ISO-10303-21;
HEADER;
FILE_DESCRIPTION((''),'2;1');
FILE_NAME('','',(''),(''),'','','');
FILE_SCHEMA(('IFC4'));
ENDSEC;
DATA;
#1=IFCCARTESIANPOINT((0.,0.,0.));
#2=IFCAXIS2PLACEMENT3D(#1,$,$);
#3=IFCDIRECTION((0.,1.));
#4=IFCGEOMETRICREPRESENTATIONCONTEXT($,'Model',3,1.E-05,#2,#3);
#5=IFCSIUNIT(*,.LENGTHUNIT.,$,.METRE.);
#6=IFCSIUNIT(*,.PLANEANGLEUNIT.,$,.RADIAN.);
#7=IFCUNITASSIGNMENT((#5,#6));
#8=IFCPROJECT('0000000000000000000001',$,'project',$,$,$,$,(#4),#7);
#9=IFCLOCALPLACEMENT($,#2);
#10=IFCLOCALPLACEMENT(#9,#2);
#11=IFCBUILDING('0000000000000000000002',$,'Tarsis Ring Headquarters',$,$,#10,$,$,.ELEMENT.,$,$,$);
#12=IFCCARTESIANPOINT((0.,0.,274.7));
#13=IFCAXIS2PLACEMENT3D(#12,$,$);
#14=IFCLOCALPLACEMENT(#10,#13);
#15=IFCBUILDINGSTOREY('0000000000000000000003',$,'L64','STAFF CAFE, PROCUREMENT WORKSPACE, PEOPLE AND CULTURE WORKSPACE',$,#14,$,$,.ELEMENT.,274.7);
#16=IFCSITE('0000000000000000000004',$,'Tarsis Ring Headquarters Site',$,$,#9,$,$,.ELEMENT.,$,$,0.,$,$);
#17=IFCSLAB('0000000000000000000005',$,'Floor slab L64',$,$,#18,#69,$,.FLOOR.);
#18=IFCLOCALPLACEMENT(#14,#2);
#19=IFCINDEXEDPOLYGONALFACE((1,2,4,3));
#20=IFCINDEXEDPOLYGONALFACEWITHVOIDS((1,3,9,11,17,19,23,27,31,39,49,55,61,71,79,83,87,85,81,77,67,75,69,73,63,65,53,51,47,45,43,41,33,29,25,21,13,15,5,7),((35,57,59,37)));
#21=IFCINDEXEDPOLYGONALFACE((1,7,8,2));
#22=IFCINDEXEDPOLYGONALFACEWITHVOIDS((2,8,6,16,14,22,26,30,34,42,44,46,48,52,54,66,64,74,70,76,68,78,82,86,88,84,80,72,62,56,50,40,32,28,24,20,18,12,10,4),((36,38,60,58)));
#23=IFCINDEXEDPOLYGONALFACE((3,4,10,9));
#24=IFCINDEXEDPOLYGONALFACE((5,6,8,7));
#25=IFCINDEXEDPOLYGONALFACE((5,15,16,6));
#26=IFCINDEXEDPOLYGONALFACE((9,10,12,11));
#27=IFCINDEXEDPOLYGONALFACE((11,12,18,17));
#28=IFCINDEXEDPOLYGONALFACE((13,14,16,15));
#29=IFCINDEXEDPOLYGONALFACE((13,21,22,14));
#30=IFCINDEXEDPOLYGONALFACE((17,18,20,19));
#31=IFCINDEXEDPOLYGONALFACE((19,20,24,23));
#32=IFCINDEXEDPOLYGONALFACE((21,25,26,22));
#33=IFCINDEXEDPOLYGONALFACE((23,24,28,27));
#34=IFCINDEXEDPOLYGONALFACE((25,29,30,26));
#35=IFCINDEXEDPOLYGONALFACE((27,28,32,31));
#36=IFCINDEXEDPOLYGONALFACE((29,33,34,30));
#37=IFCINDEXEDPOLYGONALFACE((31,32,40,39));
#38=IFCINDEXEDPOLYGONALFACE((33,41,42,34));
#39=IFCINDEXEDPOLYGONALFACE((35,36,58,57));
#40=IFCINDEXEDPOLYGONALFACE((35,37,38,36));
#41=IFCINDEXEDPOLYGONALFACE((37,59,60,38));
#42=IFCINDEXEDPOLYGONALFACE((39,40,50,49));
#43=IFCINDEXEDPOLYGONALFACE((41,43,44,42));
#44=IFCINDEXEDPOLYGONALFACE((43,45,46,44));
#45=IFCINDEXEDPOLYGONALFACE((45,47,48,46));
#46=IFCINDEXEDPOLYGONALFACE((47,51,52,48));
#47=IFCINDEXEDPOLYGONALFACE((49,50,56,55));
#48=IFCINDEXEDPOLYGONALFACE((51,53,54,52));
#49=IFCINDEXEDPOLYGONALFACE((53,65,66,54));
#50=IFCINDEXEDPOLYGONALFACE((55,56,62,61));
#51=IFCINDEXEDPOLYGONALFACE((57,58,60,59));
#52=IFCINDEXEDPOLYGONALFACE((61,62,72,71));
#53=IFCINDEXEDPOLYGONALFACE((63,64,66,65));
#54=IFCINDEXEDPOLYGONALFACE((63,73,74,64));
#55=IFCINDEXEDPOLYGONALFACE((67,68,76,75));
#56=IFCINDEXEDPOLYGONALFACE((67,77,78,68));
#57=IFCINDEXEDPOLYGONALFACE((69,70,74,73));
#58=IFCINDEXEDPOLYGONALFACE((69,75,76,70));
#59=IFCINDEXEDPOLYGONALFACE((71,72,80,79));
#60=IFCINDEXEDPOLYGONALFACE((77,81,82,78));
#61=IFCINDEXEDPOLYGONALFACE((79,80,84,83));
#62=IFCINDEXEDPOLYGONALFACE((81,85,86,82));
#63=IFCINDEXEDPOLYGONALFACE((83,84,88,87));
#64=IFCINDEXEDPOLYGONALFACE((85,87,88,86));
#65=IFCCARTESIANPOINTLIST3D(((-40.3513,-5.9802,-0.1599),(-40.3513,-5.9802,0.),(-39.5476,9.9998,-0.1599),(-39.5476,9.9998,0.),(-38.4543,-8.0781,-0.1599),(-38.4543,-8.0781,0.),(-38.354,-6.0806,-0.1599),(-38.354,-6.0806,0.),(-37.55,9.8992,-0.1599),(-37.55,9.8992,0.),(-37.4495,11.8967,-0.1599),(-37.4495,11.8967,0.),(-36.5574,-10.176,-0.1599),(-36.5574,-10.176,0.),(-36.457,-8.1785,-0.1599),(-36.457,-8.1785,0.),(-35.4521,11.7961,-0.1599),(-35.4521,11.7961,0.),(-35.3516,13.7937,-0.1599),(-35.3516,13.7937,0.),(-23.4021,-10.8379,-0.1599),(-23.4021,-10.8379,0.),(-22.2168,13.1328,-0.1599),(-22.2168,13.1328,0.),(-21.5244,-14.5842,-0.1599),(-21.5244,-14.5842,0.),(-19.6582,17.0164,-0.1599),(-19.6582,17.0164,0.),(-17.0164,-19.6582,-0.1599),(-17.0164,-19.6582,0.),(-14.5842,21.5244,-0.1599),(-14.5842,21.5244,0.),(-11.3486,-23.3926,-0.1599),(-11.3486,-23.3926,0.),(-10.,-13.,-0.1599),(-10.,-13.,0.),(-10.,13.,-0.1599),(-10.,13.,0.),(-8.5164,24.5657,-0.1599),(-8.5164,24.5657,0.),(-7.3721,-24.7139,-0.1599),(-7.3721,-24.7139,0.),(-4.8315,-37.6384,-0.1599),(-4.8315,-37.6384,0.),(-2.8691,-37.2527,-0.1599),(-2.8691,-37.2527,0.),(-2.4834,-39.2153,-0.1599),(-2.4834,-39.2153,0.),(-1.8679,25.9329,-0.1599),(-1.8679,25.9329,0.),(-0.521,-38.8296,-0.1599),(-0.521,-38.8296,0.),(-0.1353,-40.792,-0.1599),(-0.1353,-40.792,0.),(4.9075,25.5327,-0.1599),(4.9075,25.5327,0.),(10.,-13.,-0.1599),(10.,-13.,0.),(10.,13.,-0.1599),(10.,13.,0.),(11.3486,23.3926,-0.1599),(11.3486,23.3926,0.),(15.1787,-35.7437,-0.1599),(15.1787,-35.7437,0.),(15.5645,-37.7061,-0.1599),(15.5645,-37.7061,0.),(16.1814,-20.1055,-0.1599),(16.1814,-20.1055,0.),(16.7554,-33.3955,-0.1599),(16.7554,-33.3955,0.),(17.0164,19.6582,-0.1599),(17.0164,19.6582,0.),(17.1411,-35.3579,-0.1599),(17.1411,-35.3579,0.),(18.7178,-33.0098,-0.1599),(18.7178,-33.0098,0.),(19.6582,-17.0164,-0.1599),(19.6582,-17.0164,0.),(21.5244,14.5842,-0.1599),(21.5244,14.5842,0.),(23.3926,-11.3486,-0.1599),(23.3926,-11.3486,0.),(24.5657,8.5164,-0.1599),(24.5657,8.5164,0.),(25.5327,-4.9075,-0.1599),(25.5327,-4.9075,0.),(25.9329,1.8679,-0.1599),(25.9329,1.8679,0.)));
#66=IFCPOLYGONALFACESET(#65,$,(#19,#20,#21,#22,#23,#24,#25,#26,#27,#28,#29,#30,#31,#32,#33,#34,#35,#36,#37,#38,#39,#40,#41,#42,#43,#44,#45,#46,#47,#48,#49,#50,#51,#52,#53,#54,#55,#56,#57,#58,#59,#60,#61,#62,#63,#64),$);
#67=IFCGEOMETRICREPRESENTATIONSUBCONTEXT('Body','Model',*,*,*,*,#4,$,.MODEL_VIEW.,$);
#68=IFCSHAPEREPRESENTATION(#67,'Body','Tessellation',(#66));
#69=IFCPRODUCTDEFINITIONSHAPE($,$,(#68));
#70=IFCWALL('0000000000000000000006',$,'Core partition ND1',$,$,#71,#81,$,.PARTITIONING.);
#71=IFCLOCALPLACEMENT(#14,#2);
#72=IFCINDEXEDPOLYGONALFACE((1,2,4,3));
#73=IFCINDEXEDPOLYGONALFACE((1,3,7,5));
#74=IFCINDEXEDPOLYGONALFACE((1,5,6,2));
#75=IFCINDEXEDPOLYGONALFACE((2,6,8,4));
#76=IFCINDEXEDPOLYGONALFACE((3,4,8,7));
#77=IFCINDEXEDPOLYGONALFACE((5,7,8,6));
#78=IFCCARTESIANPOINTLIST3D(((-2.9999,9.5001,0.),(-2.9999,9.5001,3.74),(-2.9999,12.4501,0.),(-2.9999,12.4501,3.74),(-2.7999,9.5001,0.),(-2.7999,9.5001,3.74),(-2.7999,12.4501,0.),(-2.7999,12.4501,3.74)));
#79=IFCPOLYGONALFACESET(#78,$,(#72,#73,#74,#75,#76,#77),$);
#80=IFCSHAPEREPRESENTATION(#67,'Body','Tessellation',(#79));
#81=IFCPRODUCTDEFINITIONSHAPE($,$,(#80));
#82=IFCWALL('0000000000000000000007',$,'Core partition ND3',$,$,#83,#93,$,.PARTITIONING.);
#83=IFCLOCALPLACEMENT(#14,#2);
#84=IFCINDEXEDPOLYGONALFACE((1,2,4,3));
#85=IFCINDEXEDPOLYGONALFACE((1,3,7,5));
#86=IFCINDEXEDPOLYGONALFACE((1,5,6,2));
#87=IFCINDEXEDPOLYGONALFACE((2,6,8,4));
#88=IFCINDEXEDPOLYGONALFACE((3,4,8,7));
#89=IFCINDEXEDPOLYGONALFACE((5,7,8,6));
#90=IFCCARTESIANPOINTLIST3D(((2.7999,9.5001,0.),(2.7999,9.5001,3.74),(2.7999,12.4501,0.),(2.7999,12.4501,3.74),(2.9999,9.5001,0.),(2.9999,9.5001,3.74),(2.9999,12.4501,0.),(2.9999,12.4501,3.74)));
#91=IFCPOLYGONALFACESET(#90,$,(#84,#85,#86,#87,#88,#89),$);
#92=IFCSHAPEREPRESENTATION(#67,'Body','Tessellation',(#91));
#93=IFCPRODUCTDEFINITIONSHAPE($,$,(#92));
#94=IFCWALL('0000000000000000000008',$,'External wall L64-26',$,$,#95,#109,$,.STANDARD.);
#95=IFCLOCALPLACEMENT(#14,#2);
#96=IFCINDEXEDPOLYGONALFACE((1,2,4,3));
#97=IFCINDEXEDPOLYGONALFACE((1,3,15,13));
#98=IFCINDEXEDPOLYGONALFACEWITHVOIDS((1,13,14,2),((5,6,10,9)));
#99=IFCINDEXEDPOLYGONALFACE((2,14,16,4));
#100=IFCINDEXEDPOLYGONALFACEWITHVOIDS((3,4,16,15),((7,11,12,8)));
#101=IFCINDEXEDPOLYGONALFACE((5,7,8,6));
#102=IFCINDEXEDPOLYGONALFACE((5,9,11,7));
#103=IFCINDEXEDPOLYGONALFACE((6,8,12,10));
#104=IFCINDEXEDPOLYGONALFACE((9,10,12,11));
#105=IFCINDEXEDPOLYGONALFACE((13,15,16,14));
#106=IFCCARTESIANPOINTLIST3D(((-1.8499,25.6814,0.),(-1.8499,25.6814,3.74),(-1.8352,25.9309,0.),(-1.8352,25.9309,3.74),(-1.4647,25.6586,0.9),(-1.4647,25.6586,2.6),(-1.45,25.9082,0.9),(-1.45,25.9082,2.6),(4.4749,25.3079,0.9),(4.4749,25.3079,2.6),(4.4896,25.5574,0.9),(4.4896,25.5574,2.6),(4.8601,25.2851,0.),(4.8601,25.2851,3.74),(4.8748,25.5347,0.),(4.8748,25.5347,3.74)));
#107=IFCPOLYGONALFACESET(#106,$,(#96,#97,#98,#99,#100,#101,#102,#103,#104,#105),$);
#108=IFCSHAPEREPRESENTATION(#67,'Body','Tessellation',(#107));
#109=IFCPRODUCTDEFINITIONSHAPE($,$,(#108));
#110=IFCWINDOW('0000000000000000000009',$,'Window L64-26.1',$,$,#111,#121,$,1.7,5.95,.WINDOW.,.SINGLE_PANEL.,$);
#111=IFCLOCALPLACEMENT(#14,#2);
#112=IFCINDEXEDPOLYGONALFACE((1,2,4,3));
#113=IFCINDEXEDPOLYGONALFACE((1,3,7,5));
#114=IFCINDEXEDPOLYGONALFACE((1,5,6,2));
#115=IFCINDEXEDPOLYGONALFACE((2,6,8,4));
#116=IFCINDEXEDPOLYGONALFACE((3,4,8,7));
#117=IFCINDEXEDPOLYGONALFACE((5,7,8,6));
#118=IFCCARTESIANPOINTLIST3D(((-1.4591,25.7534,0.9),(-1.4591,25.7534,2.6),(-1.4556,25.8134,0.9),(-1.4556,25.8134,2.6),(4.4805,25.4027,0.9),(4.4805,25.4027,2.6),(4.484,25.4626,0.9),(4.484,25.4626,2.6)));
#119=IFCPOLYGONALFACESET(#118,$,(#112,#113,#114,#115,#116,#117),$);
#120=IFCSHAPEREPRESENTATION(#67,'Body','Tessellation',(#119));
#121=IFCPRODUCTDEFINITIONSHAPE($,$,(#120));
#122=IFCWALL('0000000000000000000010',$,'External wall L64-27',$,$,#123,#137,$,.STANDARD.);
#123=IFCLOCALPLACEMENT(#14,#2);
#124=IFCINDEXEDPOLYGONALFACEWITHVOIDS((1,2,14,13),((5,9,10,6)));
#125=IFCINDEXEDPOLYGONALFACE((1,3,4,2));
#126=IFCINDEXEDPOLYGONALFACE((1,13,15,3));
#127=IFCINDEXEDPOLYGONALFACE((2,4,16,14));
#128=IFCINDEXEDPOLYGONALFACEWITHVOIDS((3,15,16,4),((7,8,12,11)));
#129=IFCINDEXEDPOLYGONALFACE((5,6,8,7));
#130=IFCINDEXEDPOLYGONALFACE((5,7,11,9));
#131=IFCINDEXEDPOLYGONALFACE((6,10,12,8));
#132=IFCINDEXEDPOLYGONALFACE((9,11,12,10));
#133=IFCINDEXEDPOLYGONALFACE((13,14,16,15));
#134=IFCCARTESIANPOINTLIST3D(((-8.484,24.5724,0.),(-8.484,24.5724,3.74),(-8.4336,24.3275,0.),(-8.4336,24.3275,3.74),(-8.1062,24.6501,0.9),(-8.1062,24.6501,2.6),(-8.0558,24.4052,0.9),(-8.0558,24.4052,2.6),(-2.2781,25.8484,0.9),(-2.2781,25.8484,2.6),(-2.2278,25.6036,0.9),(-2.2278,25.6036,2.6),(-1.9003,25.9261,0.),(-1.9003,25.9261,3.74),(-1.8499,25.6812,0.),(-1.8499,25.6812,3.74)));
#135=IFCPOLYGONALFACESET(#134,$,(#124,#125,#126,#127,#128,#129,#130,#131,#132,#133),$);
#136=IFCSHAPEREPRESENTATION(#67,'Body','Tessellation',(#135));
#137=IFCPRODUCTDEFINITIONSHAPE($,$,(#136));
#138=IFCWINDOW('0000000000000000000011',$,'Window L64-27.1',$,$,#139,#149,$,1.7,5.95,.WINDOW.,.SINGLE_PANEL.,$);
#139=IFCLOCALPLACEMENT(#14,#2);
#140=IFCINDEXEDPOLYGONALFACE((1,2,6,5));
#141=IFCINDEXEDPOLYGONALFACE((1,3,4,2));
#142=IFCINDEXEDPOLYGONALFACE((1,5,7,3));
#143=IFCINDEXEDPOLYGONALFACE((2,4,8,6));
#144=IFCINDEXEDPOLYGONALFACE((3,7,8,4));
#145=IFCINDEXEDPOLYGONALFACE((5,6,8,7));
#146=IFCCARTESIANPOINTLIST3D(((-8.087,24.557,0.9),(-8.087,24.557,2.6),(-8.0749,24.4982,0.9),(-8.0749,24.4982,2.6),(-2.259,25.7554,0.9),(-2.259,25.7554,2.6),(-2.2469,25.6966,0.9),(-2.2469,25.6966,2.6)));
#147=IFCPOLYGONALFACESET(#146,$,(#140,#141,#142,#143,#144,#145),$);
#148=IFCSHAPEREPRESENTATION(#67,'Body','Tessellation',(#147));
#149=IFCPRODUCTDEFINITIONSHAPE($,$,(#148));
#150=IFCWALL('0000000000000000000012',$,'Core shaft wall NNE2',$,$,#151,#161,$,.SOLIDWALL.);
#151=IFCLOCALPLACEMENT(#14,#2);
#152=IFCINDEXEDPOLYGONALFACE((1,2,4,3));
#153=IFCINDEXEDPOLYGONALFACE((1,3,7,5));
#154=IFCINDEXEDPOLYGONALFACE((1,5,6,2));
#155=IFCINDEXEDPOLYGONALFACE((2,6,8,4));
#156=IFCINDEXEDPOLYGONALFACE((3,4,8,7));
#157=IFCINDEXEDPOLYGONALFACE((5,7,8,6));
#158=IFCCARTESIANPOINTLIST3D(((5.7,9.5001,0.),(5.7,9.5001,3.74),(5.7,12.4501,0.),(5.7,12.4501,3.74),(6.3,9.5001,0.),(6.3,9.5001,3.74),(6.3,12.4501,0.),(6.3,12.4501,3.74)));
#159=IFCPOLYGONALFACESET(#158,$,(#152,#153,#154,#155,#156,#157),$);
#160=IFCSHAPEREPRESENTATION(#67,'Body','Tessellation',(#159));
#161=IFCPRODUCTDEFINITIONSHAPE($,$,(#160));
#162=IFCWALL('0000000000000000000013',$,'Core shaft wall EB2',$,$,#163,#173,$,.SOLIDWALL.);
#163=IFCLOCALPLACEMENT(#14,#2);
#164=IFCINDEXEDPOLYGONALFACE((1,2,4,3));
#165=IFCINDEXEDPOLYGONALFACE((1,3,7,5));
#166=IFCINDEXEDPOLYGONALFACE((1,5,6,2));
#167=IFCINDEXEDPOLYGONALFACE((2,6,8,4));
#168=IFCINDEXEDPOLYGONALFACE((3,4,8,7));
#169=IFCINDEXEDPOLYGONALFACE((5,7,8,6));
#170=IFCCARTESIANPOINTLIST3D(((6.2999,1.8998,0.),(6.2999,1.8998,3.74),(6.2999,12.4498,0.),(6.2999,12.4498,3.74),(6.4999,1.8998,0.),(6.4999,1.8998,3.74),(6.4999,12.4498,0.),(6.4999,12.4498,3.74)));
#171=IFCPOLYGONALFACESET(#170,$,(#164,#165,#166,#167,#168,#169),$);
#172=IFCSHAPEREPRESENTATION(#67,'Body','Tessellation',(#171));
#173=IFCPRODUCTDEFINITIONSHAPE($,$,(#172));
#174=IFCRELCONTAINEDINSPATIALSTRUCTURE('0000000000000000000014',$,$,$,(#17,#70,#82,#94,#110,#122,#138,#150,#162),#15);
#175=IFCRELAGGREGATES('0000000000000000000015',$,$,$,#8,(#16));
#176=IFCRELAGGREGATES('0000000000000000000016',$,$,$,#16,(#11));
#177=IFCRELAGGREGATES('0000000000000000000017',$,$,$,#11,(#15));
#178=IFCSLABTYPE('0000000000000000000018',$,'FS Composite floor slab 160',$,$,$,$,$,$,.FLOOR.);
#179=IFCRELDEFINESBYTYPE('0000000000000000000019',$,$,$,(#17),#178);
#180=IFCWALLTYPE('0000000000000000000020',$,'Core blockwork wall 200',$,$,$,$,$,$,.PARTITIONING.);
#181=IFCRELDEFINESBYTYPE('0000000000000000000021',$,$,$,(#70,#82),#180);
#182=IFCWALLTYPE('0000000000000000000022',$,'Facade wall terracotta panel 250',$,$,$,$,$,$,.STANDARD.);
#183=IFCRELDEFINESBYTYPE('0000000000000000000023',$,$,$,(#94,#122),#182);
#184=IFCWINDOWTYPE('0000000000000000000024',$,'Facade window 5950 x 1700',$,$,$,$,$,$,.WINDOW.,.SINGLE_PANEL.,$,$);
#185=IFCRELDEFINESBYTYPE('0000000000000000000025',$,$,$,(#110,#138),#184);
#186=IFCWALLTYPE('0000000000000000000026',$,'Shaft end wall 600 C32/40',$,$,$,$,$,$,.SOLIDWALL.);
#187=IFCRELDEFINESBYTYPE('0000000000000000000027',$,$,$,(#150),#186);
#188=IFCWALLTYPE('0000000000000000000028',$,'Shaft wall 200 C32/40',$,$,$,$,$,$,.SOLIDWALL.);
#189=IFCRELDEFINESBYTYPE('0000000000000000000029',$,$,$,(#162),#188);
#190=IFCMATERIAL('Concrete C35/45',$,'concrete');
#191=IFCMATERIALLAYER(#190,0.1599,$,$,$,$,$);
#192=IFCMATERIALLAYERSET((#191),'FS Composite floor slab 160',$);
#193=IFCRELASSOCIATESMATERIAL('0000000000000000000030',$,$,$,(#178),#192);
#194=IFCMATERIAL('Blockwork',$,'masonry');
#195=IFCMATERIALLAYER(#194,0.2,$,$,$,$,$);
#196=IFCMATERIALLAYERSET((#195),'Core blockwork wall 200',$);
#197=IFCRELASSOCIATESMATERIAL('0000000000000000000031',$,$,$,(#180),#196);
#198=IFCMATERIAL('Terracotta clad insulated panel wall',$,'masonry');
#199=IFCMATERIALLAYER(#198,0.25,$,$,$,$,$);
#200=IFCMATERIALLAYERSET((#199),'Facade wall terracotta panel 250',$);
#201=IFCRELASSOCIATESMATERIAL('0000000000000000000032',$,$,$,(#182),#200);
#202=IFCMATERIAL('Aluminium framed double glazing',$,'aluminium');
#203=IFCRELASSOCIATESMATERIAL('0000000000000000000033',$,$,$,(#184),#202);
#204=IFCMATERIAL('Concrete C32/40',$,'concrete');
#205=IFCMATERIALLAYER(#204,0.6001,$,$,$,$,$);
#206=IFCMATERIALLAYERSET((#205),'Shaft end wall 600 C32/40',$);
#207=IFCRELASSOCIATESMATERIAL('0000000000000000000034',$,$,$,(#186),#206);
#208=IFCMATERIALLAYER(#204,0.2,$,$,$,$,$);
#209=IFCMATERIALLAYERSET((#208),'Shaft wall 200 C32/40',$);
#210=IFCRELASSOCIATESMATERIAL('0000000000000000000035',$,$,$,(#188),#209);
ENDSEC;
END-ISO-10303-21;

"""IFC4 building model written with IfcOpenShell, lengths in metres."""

from ifc_helpers import new_model, si_unit, direction, frame, frame_2d, origin, place, context, subcontext, project, spatial, polyline, rectangle, outline, extrude, material, layer, layer_set, type_object, element, fill, save


model = new_model("IFC4")

# Units and contexts
model_context = context("Model", 3, precision=1e-05, world=origin(), true_north=direction((0.0, 1.0)))
body_context = subcontext(model_context, "Body", "Model", "MODEL_VIEW")
ifc_project = project(units=[si_unit("LENGTHUNIT", "METRE"), si_unit("PLANEANGLEUNIT", "RADIAN")], contexts=[model_context])

# Site, building, storey
site_placement = place(None, origin())
site = spatial("IfcSite", under=ifc_project, at=site_placement, Name="Tarsis Ring Headquarters Site", CompositionType="ELEMENT", RefElevation=0.0)
building_placement = place(site_placement, origin())
building = spatial("IfcBuilding", under=site, at=building_placement, Name="Tarsis Ring Headquarters", CompositionType="ELEMENT")
storey_placement = place(building_placement, frame((0.0, 0.0, 274.7)))
storey = spatial("IfcBuildingStorey", under=building, at=storey_placement, Name="L64", Description="STAFF CAFE, PROCUREMENT WORKSPACE, PEOPLE AND CULTURE WORKSPACE", CompositionType="ELEMENT", Elevation=274.7)

# Slab
ifc_material_1 = material(Name="Concrete C35/45", Category="concrete")
ifc_layer_1 = layer(ifc_material_1, 0.1599)
ifc_layer_set_1 = layer_set([ifc_layer_1], Name="FS Composite floor slab 160")
slab_type_1 = type_object("IfcSlabType", Name="FS Composite floor slab 160", PredefinedType="FLOOR", material=ifc_layer_set_1)
slab_1_placement = place(storey_placement, frame((0.0, 0.0, -0.1599)))
element("IfcSlab", 1, at=slab_1_placement, inside=storey, type_object=slab_type_1, Name="Floor slab L64", PredefinedType="FLOOR", context=body_context, shape_type="SweptSolid", body=[
    extrude(outline(polyline([(-23.4021, -10.8379), (-21.5244, -14.5842), (-17.0164, -19.6582), (-11.3486, -23.3926), (-7.3721, -24.7139), (-4.8315, -37.6384), (-2.8691, -37.2527), (-2.4834, -39.2153), (-0.521, -38.8296), (-0.1353, -40.792), (15.5645, -37.7061), (15.1787, -35.7437), (17.1411, -35.3579), (16.7554, -33.3955), (18.7178, -33.0098), (16.1814, -20.1055), (19.6582, -17.0164), (23.3926, -11.3486), (25.5327, -4.9075), (25.9329, 1.8679), (24.5657, 8.5164), (21.5244, 14.5842), (17.0164, 19.6582), (11.3486, 23.3926), (4.9075, 25.5327), (-1.8679, 25.9329), (-8.5164, 24.5657), (-14.5842, 21.5244), (-19.6582, 17.0164), (-22.2168, 13.1328), (-35.3516, 13.7937), (-35.4521, 11.7961), (-37.4495, 11.8967), (-37.55, 9.8992), (-39.5476, 9.9998), (-40.3513, -5.9802), (-38.354, -6.0806), (-38.4543, -8.0781), (-36.457, -8.1785), (-36.5574, -10.176), (-23.4021, -10.8379)]), holes=[polyline([(-10.0, -13.0), (-10.0, 13.0), (10.0, 13.0), (10.0, -13.0), (-10.0, -13.0)])]), origin(), (0.0, 0.0, 1.0), 0.1599),
])

# Walls
ifc_material_2 = material(Name="Blockwork", Category="masonry")
ifc_layer_2 = layer(ifc_material_2, 0.2)
ifc_layer_set_2 = layer_set([ifc_layer_2], Name="Core blockwork wall 200")
wall_type_1 = type_object("IfcWallType", Name="Core blockwork wall 200", PredefinedType="PARTITIONING", material=ifc_layer_set_2)
for number, where, z_axis, x_axis, name in (
    (2, (-2.8999, 9.5, 0.0), (0.0, 0.0, 1.0), (0.0, 1.0, 0.0), "Core partition ND1"),
    (3, (2.8999, 9.5, 0.0), (0.0, 0.0, 1.0), (0.0, 1.0, 0.0), "Core partition ND3"),
):
    element("IfcWall", number, at=place(storey_placement, frame(where, z_axis=z_axis, x_axis=x_axis)), inside=storey, type_object=wall_type_1, Name=name, PredefinedType="PARTITIONING", context=body_context, shape_type="SweptSolid", body=[
        extrude(rectangle(XDim=2.95, YDim=0.2, at=frame_2d((1.4751, 0.0))), origin(), (0.0, 0.0, 1.0), 3.74),
    ])

# Walls, openings, windows
ifc_material_3 = material(Name="Terracotta clad insulated panel wall", Category="masonry")
ifc_layer_3 = layer(ifc_material_3, 0.25)
ifc_layer_set_3 = layer_set([ifc_layer_3], Name="Facade wall terracotta panel 250")
wall_type_2 = type_object("IfcWallType", Name="Facade wall terracotta panel 250", PredefinedType="STANDARD", material=ifc_layer_set_3)
wall_1_placement = place(storey_placement, frame((4.8674, 25.4099, 0.0), z_axis=(0.0, 0.0, 1.0), x_axis=(-0.998261, 0.05895, 0.0)))
wall_1 = element("IfcWall", 4, at=wall_1_placement, inside=storey, type_object=wall_type_2, Name="External wall L64-26", PredefinedType="STANDARD", context=body_context, shape_type="SweptSolid", body=[
    extrude(rectangle(XDim=6.7217, YDim=0.25, at=frame_2d((3.3608, 0.0))), origin(), (0.0, 0.0, 1.0), 3.74),
])
opening_1_placement = place(wall_1_placement, frame((0.3857, 0.0, 0.8999)))
opening_1 = element("IfcOpeningElement", 5, at=opening_1_placement, cuts=wall_1, PredefinedType="OPENING", context=body_context, shape_type="SweptSolid", body=[
    extrude(rectangle(XDim=5.95, YDim=1.7, at=frame_2d((2.9751, 0.8501))), frame((0.0, 0.135, 0.0), z_axis=(0.0, -1.0, 0.0), x_axis=(1.0, 0.0, 0.0)), (0.0, 0.0, 1.0), 0.27),
])
ifc_material_4 = material(Name="Aluminium framed double glazing", Category="aluminium")
window_type = type_object("IfcWindowType", Name="Facade window 5950 x 1700", PartitioningType="SINGLE_PANEL", PredefinedType="WINDOW", material=ifc_material_4)
window_1_placement = place(opening_1_placement, origin())
window_1 = element("IfcWindow", 6, at=window_1_placement, inside=storey, type_object=window_type, Name="Window L64-26.1", OverallHeight=1.7, OverallWidth=5.95, PartitioningType="SINGLE_PANEL", PredefinedType="WINDOW", context=body_context, shape_type="SweptSolid", body=[
    extrude(rectangle(XDim=5.95, YDim=1.7, at=frame_2d((2.9751, 0.8501))), frame((0.0, 0.03, 0.0), z_axis=(0.0, -1.0, 0.0), x_axis=(1.0, 0.0, 0.0)), (0.0, 0.0, 1.0), 0.0601),
])
fill(opening_1, window_1)
wall_2_placement = place(storey_placement, frame((-1.875, 25.8037, 0.0), z_axis=(0.0, 0.0, 1.0), x_axis=(-0.979507, -0.201408, 0.0)))
wall_2 = element("IfcWall", 7, at=wall_2_placement, inside=storey, type_object=wall_type_2, Name="External wall L64-27", PredefinedType="STANDARD", context=body_context, shape_type="SweptSolid", body=[
    extrude(rectangle(XDim=6.7214, YDim=0.25, at=frame_2d((3.3608, 0.0))), origin(), (0.0, 0.0, 1.0), 3.74),
])
opening_2_placement = place(wall_2_placement, frame((0.3857, 0.0, 0.8999)))
opening_2 = element("IfcOpeningElement", 8, at=opening_2_placement, cuts=wall_2, PredefinedType="OPENING", context=body_context, shape_type="SweptSolid", body=[
    extrude(rectangle(XDim=5.95, YDim=1.7, at=frame_2d((2.9751, 0.8501))), frame((0.0, 0.135, 0.0), z_axis=(0.0, -1.0, 0.0), x_axis=(1.0, 0.0, 0.0)), (0.0, 0.0, 1.0), 0.27),
])
window_2_placement = place(opening_2_placement, origin())
window_2 = element("IfcWindow", 9, at=window_2_placement, inside=storey, type_object=window_type, Name="Window L64-27.1", OverallHeight=1.7, OverallWidth=5.95, PartitioningType="SINGLE_PANEL", PredefinedType="WINDOW", context=body_context, shape_type="SweptSolid", body=[
    extrude(rectangle(XDim=5.95, YDim=1.7, at=frame_2d((2.9751, 0.8501))), frame((0.0, 0.03, 0.0), z_axis=(0.0, -1.0, 0.0), x_axis=(1.0, 0.0, 0.0)), (0.0, 0.0, 1.0), 0.0601),
])
fill(opening_2, window_2)

# Walls
ifc_material_5 = material(Name="Concrete C32/40", Category="concrete")
ifc_layer_4 = layer(ifc_material_5, 0.6001)
ifc_layer_set_4 = layer_set([ifc_layer_4], Name="Shaft end wall 600 C32/40")
wall_type_3 = type_object("IfcWallType", Name="Shaft end wall 600 C32/40", PredefinedType="SOLIDWALL", material=ifc_layer_set_4)
wall_3_placement = place(storey_placement, frame((6.0, 9.5, 0.0), z_axis=(0.0, 0.0, 1.0), x_axis=(0.0, 1.0, 0.0)))
element("IfcWall", 10, at=wall_3_placement, inside=storey, type_object=wall_type_3, Name="Core shaft wall NNE2", PredefinedType="SOLIDWALL", context=body_context, shape_type="SweptSolid", body=[
    extrude(rectangle(XDim=2.95, YDim=0.6001, at=frame_2d((1.4751, 0.0))), origin(), (0.0, 0.0, 1.0), 3.74),
])
ifc_layer_5 = layer(ifc_material_5, 0.2)
ifc_layer_set_5 = layer_set([ifc_layer_5], Name="Shaft wall 200 C32/40")
wall_type_4 = type_object("IfcWallType", Name="Shaft wall 200 C32/40", PredefinedType="SOLIDWALL", material=ifc_layer_set_5)
wall_4_placement = place(storey_placement, frame((6.3999, 1.8999, 0.0), z_axis=(0.0, 0.0, 1.0), x_axis=(0.0, 1.0, 0.0)))
element("IfcWall", 11, at=wall_4_placement, inside=storey, type_object=wall_type_4, Name="Core shaft wall EB2", PredefinedType="SOLIDWALL", context=body_context, shape_type="SweptSolid", body=[
    extrude(rectangle(XDim=10.55, YDim=0.2, at=frame_2d((5.2749, 0.0))), origin(), (0.0, 0.0, 1.0), 3.74),
])

save(model, "model.ifc")
